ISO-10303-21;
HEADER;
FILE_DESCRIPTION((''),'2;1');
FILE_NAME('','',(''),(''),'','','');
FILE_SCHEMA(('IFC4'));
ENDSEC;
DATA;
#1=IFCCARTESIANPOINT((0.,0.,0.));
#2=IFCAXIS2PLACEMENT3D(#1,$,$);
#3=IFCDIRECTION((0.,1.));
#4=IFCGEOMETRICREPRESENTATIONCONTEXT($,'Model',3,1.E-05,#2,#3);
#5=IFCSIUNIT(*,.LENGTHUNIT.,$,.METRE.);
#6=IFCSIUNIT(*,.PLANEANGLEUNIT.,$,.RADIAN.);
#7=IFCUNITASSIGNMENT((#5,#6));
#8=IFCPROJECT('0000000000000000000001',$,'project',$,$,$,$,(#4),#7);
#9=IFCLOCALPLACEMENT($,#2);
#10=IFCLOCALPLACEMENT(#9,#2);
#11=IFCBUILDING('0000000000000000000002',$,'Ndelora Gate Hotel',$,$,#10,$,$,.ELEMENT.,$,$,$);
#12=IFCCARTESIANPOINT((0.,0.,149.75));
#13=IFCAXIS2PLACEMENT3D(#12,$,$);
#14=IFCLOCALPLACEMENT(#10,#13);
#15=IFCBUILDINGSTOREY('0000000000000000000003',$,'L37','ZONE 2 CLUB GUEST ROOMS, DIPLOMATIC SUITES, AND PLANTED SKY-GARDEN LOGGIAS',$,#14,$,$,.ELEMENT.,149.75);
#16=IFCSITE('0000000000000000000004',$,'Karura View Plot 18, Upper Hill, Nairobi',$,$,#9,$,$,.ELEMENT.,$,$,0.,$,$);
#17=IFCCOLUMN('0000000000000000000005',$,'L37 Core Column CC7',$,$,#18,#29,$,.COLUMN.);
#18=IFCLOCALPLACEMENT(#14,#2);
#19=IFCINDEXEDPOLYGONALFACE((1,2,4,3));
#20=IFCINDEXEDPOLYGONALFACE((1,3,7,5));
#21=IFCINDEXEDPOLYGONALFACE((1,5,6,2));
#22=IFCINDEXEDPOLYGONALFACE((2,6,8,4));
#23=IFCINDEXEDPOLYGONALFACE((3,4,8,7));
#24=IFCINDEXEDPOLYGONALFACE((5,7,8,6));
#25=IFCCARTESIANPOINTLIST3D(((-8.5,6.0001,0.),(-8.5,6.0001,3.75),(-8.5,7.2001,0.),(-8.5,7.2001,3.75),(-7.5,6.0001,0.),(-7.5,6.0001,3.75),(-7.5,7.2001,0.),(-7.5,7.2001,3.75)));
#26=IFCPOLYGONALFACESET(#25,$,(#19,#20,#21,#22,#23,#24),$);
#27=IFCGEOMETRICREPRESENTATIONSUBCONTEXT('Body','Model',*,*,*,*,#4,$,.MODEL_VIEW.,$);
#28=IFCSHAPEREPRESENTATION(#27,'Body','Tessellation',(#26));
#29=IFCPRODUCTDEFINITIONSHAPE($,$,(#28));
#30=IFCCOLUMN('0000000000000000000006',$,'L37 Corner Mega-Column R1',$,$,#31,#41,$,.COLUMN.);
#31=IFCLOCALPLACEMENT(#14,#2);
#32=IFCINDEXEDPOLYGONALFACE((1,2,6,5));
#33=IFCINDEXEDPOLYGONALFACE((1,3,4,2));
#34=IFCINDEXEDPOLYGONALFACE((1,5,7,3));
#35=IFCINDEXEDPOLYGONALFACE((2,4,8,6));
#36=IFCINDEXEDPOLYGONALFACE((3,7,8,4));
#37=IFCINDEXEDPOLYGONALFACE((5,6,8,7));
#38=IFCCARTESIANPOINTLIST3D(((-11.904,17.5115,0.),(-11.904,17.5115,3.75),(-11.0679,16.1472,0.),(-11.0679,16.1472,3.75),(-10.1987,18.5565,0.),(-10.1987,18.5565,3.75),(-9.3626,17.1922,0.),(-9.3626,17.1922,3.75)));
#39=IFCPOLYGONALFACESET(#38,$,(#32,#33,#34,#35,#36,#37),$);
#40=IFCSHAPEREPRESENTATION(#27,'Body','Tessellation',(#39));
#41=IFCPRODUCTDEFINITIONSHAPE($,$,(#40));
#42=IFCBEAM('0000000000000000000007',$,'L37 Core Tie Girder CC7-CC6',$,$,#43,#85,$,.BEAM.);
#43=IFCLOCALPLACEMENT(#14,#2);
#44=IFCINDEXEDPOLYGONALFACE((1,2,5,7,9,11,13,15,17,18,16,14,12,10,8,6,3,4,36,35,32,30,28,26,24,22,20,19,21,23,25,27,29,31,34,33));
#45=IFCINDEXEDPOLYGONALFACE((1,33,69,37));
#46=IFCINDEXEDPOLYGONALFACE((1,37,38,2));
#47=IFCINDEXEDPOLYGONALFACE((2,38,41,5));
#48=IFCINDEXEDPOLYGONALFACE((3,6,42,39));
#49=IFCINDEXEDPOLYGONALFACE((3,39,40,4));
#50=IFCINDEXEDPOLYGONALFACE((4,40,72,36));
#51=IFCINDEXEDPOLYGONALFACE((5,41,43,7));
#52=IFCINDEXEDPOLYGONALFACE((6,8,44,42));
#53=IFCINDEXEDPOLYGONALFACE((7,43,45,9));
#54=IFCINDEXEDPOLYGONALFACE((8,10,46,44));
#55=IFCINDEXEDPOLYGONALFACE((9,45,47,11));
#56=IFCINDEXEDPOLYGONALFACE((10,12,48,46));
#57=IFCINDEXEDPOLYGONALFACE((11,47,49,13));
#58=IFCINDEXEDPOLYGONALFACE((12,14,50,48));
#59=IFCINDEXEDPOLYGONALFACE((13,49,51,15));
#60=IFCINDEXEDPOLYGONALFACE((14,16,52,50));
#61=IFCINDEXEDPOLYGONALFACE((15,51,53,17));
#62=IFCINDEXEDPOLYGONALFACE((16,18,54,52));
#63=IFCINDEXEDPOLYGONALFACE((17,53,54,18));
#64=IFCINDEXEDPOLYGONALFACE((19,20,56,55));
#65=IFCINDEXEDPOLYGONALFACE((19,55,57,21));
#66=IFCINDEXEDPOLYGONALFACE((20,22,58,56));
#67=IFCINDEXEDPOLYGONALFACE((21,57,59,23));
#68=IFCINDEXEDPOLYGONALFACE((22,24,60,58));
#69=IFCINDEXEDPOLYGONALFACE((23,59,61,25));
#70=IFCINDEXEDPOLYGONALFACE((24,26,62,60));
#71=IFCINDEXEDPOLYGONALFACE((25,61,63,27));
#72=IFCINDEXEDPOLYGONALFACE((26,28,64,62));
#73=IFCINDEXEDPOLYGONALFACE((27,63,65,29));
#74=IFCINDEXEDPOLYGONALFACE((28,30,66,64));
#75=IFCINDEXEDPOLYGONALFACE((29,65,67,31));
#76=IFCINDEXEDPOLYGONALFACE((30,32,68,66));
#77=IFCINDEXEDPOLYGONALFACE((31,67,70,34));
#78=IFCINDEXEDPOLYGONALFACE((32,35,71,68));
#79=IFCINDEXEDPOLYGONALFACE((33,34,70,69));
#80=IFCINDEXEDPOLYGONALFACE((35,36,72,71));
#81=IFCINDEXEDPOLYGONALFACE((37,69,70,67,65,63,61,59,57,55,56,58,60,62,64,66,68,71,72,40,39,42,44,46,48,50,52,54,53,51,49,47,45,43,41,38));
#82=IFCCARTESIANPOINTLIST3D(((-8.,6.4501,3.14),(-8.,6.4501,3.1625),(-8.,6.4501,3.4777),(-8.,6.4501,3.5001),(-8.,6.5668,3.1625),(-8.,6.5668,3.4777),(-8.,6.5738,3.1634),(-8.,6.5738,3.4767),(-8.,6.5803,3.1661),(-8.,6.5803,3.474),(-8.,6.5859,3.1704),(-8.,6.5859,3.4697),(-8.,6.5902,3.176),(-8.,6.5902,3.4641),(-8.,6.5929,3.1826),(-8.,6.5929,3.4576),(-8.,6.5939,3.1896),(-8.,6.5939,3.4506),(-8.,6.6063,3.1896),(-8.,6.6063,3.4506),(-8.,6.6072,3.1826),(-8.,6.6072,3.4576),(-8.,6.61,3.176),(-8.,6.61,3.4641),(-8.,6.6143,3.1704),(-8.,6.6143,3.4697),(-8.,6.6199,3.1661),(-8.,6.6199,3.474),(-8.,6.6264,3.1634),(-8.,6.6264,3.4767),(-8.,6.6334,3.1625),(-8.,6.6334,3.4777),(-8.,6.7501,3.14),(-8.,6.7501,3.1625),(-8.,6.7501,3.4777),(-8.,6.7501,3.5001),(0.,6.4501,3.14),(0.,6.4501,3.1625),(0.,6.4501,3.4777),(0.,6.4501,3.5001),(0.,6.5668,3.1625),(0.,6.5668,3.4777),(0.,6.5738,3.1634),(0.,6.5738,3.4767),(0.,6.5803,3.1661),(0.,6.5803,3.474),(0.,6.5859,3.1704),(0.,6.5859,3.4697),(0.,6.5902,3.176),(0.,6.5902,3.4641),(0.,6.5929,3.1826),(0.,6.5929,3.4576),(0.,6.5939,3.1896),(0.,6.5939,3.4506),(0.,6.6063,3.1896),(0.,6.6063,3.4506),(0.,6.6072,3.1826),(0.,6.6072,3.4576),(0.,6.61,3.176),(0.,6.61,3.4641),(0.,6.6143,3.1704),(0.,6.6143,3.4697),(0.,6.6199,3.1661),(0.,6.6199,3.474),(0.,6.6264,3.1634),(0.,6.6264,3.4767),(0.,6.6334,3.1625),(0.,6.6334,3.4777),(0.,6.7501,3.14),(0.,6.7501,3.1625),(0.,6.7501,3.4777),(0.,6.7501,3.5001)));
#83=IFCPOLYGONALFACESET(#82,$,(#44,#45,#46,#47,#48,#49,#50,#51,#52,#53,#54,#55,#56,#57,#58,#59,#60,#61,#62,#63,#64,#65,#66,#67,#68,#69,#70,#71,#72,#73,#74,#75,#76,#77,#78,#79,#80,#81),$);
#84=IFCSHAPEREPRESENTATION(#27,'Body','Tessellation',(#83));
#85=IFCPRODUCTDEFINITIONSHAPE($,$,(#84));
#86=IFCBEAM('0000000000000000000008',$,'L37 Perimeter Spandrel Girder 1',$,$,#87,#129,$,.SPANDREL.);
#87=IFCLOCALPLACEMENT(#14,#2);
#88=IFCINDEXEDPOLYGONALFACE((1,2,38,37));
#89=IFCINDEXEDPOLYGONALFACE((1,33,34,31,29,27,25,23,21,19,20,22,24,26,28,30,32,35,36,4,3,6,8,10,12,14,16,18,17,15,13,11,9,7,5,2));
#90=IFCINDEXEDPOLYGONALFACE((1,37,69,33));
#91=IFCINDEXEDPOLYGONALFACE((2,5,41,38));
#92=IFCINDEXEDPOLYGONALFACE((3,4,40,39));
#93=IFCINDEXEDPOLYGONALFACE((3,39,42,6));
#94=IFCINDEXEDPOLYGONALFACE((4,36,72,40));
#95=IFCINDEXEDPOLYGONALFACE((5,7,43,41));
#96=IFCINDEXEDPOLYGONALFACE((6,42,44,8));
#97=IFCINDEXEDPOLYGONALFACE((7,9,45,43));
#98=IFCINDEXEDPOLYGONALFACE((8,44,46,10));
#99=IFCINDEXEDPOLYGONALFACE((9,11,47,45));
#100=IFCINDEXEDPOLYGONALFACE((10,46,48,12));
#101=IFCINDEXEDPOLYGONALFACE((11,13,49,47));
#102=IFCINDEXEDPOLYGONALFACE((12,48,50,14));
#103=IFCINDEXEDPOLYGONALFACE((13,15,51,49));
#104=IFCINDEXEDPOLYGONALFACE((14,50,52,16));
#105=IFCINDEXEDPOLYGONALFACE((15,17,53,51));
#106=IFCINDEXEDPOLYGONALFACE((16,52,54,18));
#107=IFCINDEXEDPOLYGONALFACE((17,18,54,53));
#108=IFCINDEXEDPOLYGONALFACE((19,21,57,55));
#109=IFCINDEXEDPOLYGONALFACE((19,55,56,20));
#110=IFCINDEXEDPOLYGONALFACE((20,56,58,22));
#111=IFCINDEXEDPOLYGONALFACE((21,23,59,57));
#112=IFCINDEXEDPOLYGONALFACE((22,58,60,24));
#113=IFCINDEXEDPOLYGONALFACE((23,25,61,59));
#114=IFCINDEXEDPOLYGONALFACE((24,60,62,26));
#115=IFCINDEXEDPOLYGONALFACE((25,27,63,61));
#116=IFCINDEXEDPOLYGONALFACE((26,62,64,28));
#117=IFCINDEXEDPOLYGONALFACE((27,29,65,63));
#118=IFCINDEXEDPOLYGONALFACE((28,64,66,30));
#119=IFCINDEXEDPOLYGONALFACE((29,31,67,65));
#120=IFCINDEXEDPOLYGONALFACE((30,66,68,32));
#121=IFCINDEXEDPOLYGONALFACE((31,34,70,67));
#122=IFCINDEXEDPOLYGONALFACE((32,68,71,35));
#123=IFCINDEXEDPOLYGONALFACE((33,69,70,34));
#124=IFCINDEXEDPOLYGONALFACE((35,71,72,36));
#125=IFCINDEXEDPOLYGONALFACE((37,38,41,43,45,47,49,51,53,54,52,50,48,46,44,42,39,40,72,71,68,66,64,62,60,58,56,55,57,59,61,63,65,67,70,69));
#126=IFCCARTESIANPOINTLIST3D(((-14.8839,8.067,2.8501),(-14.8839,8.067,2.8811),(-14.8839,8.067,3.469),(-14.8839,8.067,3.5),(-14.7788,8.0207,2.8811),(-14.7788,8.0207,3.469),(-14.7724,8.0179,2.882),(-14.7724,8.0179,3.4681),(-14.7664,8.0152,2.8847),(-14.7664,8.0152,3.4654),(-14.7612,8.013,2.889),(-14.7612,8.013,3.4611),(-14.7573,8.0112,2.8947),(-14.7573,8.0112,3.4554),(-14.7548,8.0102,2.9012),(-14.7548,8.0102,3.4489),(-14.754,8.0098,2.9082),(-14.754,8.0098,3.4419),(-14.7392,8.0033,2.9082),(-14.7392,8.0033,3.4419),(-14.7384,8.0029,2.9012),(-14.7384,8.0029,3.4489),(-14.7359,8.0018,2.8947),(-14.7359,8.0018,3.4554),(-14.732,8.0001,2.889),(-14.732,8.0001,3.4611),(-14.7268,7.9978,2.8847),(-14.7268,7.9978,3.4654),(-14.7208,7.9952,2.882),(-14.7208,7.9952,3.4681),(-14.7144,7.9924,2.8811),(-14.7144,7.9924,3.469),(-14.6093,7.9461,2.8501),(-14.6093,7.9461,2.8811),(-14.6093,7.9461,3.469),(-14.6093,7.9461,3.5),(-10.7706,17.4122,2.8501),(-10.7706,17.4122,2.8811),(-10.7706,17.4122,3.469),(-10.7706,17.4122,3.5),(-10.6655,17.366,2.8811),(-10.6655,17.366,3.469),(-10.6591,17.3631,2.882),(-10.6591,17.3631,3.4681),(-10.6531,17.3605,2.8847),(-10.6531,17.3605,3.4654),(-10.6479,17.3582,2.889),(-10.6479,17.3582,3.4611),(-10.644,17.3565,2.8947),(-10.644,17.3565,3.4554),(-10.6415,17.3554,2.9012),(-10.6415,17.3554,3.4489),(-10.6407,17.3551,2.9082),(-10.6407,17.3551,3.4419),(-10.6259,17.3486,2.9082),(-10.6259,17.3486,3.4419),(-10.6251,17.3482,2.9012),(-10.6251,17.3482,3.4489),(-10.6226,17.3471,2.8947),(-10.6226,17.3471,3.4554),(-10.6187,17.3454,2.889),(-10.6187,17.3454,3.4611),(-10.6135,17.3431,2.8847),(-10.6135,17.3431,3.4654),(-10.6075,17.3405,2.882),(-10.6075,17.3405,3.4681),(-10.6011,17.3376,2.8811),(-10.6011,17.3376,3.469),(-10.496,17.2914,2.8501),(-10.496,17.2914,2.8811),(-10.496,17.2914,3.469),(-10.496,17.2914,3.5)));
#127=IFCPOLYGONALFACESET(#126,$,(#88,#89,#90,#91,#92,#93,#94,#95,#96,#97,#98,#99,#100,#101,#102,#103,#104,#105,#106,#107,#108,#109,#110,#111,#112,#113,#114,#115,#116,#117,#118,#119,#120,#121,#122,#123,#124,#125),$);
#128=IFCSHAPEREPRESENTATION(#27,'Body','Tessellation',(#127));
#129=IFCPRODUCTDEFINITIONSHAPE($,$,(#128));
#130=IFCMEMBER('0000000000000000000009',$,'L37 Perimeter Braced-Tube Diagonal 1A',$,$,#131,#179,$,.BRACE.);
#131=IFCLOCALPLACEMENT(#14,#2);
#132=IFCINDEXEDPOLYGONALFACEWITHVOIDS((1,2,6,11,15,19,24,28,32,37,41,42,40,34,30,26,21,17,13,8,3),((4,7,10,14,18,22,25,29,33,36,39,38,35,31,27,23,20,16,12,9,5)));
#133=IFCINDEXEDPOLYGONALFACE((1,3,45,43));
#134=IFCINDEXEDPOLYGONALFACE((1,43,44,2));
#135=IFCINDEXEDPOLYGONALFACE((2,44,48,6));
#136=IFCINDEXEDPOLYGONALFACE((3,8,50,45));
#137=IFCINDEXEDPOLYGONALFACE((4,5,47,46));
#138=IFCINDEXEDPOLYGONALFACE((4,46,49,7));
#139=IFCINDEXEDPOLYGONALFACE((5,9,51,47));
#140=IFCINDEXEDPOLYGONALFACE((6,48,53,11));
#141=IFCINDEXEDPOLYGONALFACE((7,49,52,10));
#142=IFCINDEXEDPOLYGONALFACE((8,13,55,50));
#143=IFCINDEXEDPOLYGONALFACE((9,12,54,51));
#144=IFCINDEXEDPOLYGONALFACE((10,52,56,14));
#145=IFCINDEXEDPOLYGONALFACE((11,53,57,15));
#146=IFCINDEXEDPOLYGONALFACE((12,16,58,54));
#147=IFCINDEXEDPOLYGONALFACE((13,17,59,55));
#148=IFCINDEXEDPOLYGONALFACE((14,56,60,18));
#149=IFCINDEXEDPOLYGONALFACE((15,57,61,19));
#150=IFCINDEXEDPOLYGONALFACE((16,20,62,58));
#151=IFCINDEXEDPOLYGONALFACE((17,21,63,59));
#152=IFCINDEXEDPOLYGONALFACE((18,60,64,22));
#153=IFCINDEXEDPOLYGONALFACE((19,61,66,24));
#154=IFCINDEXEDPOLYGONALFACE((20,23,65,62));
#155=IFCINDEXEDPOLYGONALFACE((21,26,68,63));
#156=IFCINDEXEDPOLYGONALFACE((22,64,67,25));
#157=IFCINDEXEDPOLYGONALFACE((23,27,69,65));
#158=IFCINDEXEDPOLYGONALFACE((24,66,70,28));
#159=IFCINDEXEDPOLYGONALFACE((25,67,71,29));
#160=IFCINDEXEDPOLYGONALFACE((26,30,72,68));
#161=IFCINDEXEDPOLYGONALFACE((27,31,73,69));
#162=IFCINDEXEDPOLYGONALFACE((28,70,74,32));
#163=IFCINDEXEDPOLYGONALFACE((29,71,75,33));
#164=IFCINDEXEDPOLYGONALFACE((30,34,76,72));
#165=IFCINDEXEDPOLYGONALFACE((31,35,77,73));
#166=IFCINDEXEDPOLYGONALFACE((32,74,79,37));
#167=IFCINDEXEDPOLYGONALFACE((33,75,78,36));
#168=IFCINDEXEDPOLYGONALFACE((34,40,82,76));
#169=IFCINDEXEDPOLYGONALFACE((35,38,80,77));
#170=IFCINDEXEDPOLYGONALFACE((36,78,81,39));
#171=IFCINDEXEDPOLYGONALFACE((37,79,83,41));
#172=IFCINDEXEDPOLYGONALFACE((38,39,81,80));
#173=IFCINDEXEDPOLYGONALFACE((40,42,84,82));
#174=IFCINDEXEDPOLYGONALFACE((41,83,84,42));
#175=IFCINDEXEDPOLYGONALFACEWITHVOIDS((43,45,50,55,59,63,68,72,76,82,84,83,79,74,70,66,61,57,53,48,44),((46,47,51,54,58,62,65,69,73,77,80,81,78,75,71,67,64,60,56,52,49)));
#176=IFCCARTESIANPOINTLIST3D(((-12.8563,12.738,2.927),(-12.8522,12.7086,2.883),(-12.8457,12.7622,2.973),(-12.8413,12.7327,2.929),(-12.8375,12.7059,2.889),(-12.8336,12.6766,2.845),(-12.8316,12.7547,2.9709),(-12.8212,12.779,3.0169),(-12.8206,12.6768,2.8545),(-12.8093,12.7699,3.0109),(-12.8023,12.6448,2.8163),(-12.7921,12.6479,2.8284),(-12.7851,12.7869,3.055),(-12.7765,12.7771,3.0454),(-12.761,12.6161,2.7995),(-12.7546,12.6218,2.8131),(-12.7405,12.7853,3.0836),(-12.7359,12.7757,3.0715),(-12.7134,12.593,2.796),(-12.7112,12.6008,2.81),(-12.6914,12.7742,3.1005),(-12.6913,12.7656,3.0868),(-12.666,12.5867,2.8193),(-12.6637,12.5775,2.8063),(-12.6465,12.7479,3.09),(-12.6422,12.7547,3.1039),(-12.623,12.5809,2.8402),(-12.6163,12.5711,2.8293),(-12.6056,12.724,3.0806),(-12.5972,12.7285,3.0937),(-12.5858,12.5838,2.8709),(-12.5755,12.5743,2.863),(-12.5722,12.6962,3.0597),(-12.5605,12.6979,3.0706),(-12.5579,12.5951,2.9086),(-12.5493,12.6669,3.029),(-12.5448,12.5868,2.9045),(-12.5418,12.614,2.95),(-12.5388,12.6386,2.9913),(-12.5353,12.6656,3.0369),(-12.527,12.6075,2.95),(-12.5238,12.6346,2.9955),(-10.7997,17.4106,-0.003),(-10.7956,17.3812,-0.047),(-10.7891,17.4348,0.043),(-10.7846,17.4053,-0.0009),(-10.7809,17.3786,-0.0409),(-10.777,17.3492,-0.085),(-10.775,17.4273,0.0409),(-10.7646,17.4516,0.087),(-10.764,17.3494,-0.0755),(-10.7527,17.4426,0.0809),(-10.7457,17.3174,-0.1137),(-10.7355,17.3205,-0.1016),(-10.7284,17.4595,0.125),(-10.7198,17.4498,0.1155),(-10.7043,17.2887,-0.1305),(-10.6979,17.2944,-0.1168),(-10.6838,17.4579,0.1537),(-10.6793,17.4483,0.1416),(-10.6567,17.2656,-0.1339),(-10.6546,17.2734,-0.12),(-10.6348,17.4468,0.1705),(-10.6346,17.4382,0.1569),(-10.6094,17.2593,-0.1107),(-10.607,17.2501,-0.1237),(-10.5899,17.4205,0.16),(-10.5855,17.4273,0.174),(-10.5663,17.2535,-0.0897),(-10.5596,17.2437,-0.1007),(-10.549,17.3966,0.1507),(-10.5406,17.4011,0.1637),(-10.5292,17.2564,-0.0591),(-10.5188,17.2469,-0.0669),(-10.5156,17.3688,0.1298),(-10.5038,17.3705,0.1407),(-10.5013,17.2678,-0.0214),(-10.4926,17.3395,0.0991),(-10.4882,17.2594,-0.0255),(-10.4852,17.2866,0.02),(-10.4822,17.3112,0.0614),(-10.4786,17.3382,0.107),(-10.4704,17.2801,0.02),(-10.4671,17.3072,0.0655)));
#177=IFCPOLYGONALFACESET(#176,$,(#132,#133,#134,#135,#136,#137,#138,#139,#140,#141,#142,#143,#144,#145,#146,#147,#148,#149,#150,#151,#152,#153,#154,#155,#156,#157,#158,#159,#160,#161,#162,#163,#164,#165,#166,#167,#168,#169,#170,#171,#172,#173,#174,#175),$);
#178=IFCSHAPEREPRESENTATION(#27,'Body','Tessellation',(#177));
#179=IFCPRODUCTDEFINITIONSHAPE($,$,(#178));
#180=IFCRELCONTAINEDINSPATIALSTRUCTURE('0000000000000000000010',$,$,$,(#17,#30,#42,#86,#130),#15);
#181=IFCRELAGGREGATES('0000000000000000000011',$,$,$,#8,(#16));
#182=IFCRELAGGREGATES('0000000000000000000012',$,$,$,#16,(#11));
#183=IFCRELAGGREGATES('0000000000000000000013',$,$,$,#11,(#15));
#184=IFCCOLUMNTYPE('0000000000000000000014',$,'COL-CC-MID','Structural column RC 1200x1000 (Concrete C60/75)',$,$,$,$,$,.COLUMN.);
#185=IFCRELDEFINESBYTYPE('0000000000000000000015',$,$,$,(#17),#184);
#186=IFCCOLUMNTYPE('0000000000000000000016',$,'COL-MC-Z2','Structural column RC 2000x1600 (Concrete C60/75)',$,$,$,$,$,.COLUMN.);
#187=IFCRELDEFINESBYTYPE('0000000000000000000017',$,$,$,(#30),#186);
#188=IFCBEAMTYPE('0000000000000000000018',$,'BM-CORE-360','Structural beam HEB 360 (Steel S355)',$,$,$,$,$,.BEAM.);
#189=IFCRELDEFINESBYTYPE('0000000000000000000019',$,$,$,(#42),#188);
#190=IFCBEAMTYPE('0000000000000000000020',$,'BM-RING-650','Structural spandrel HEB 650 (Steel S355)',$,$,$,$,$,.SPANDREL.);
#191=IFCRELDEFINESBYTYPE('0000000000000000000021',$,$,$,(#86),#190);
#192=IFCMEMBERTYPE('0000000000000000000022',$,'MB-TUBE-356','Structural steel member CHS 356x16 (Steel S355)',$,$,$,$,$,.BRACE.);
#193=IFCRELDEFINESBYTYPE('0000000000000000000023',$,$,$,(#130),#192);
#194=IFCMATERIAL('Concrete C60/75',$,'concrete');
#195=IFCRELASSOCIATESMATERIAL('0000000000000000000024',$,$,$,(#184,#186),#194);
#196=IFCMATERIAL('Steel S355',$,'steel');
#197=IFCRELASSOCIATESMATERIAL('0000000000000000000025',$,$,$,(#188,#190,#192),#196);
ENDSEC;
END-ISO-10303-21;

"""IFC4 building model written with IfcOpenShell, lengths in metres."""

from ifc_helpers import new_model, si_unit, direction, frame, origin, origin_2d, place, context, subcontext, project, spatial, rectangle, hollow_circle, i_section, extrude, material, material_profile, profile_set, type_object, element, save


model = new_model("IFC4")

# Units and contexts
model_context = context("Model", 3, precision=1e-05, world=origin(), true_north=direction((0.0, 1.0)))
body_context = subcontext(model_context, "Body", "Model", "MODEL_VIEW")
ifc_project = project(units=[si_unit("LENGTHUNIT", "METRE"), si_unit("PLANEANGLEUNIT", "RADIAN")], contexts=[model_context])

# Site, building, storey
site_placement = place(None, origin())
site = spatial("IfcSite", under=ifc_project, at=site_placement, Name="Karura View Plot 18, Upper Hill, Nairobi", CompositionType="ELEMENT", RefElevation=0.0)
building_placement = place(site_placement, origin())
building = spatial("IfcBuilding", under=site, at=building_placement, Name="Ndelora Gate Hotel", CompositionType="ELEMENT")
storey_placement = place(building_placement, frame((0.0, 0.0, 149.75)))
storey = spatial("IfcBuildingStorey", under=building, at=storey_placement, Name="L37", Description="ZONE 2 CLUB GUEST ROOMS, DIPLOMATIC SUITES, AND PLANTED SKY-GARDEN LOGGIAS", CompositionType="ELEMENT", Elevation=149.75)

# Columns
ifc_material_1 = material(Name="Concrete C60/75", Category="concrete")
ifc_material_profile_1 = material_profile(ifc_material_1, rectangle(XDim=1.0, YDim=1.2, at=origin_2d()), Name="RC 1200x1000")
ifc_profile_set_1 = profile_set([ifc_material_profile_1], Name="Concrete C60/75")
column_type_1 = type_object("IfcColumnType", Name="COL-CC-MID", Description="Structural column RC 1200x1000 (Concrete C60/75)", PredefinedType="COLUMN", material=ifc_profile_set_1)
column_1_placement = place(storey_placement, frame((-8.0, 6.6001, 0.0), z_axis=(0.0, 0.0, 1.0), x_axis=(1.0, 0.0, 0.0)))
element("IfcColumn", 1, at=column_1_placement, inside=storey, type_object=column_type_1, Name="L37 Core Column CC7", PredefinedType="COLUMN", context=body_context, shape_type="SweptSolid", body=[
    extrude(rectangle(XDim=1.0, YDim=1.2, at=origin_2d()), origin(), (0.0, 0.0, 1.0), 3.75),
])
ifc_material_profile_2 = material_profile(ifc_material_1, rectangle(XDim=1.6001, YDim=2.0, at=origin_2d()), Name="RC 2000x1600")
ifc_profile_set_2 = profile_set([ifc_material_profile_2], Name="Concrete C60/75")
column_type_2 = type_object("IfcColumnType", Name="COL-MC-Z2", Description="Structural column RC 2000x1600 (Concrete C60/75)", PredefinedType="COLUMN", material=ifc_profile_set_2)
column_2_placement = place(storey_placement, frame((-10.6333, 17.3518, 0.0), z_axis=(0.0, 0.0, 1.0), x_axis=(-0.522499, 0.85264, 0.0)))
element("IfcColumn", 2, at=column_2_placement, inside=storey, type_object=column_type_2, Name="L37 Corner Mega-Column R1", PredefinedType="COLUMN", context=body_context, shape_type="SweptSolid", body=[
    extrude(rectangle(XDim=1.6001, YDim=2.0, at=origin_2d()), origin(), (0.0, 0.0, 1.0), 3.75),
])

# Beams
ifc_material_2 = material(Name="Steel S355", Category="steel")
ifc_material_profile_3 = material_profile(ifc_material_2, i_section(OverallWidth=0.3, OverallDepth=0.3601, WebThickness=0.0125, FlangeThickness=0.0225, FilletRadius=0.0271, at=origin_2d()), Name="HEB 360")
ifc_profile_set_3 = profile_set([ifc_material_profile_3], Name="Steel S355")
beam_type_1 = type_object("IfcBeamType", Name="BM-CORE-360", Description="Structural beam HEB 360 (Steel S355)", PredefinedType="BEAM", material=ifc_profile_set_3)
beam_1_placement = place(storey_placement, frame((-8.0, 6.6001, 3.3201), z_axis=(1.0, 0.0, 0.0), x_axis=(0.0, 1.0, 0.0)))
element("IfcBeam", 3, at=beam_1_placement, inside=storey, type_object=beam_type_1, Name="L37 Core Tie Girder CC7-CC6", PredefinedType="BEAM", context=body_context, shape_type="SweptSolid", body=[
    extrude(i_section(OverallWidth=0.3, OverallDepth=0.3601, WebThickness=0.0125, FlangeThickness=0.0225, FilletRadius=0.0271, at=origin_2d()), origin(), (0.0, 0.0, 1.0), 8.0),
])
ifc_material_profile_4 = material_profile(ifc_material_2, i_section(OverallWidth=0.3, OverallDepth=0.6499, WebThickness=0.0161, FlangeThickness=0.031, FilletRadius=0.0271, at=origin_2d()), Name="HEB 650")
ifc_profile_set_4 = profile_set([ifc_material_profile_4], Name="Steel S355")
beam_type_2 = type_object("IfcBeamType", Name="BM-RING-650", Description="Structural spandrel HEB 650 (Steel S355)", PredefinedType="SPANDREL", material=ifc_profile_set_4)
beam_2_placement = place(storey_placement, frame((-10.6333, 17.3518, 3.175), z_axis=(-0.402852, -0.915265, 0.0), x_axis=(0.915265, -0.402852, 0.0)))
element("IfcBeam", 4, at=beam_2_placement, inside=storey, type_object=beam_type_2, Name="L37 Perimeter Spandrel Girder 1", PredefinedType="SPANDREL", context=body_context, shape_type="SweptSolid", body=[
    extrude(i_section(OverallWidth=0.3, OverallDepth=0.6499, WebThickness=0.0161, FlangeThickness=0.031, FilletRadius=0.0271, at=origin_2d()), origin(), (0.0, 0.0, 1.0), 10.2104),
])

# Member
ifc_material_profile_5 = material_profile(ifc_material_2, hollow_circle(Radius=0.178, WallThickness=0.0161, at=origin_2d()), Name="CHS 356x16")
ifc_profile_set_5 = profile_set([ifc_material_profile_5], Name="Steel S355")
member_type = type_object("IfcMemberType", Name="MB-TUBE-356", Description="Structural steel member CHS 356x16 (Steel S355)", PredefinedType="BRACE", material=ifc_profile_set_5)
member_placement = place(storey_placement, frame((-10.6333, 17.3518, 0.02), z_axis=(-0.349399, -0.793822, 0.497762), x_axis=(0.915265, -0.402852, 0.0)))
element("IfcMember", 5, at=member_placement, inside=storey, type_object=member_type, Name="L37 Perimeter Braced-Tube Diagonal 1A", PredefinedType="BRACE", context=body_context, shape_type="SweptSolid", body=[
    extrude(hollow_circle(Radius=0.178, WallThickness=0.0161, at=origin_2d()), origin(), (0.0, 0.0, 1.0), 5.8862),
])

save(model, "model.ifc")
